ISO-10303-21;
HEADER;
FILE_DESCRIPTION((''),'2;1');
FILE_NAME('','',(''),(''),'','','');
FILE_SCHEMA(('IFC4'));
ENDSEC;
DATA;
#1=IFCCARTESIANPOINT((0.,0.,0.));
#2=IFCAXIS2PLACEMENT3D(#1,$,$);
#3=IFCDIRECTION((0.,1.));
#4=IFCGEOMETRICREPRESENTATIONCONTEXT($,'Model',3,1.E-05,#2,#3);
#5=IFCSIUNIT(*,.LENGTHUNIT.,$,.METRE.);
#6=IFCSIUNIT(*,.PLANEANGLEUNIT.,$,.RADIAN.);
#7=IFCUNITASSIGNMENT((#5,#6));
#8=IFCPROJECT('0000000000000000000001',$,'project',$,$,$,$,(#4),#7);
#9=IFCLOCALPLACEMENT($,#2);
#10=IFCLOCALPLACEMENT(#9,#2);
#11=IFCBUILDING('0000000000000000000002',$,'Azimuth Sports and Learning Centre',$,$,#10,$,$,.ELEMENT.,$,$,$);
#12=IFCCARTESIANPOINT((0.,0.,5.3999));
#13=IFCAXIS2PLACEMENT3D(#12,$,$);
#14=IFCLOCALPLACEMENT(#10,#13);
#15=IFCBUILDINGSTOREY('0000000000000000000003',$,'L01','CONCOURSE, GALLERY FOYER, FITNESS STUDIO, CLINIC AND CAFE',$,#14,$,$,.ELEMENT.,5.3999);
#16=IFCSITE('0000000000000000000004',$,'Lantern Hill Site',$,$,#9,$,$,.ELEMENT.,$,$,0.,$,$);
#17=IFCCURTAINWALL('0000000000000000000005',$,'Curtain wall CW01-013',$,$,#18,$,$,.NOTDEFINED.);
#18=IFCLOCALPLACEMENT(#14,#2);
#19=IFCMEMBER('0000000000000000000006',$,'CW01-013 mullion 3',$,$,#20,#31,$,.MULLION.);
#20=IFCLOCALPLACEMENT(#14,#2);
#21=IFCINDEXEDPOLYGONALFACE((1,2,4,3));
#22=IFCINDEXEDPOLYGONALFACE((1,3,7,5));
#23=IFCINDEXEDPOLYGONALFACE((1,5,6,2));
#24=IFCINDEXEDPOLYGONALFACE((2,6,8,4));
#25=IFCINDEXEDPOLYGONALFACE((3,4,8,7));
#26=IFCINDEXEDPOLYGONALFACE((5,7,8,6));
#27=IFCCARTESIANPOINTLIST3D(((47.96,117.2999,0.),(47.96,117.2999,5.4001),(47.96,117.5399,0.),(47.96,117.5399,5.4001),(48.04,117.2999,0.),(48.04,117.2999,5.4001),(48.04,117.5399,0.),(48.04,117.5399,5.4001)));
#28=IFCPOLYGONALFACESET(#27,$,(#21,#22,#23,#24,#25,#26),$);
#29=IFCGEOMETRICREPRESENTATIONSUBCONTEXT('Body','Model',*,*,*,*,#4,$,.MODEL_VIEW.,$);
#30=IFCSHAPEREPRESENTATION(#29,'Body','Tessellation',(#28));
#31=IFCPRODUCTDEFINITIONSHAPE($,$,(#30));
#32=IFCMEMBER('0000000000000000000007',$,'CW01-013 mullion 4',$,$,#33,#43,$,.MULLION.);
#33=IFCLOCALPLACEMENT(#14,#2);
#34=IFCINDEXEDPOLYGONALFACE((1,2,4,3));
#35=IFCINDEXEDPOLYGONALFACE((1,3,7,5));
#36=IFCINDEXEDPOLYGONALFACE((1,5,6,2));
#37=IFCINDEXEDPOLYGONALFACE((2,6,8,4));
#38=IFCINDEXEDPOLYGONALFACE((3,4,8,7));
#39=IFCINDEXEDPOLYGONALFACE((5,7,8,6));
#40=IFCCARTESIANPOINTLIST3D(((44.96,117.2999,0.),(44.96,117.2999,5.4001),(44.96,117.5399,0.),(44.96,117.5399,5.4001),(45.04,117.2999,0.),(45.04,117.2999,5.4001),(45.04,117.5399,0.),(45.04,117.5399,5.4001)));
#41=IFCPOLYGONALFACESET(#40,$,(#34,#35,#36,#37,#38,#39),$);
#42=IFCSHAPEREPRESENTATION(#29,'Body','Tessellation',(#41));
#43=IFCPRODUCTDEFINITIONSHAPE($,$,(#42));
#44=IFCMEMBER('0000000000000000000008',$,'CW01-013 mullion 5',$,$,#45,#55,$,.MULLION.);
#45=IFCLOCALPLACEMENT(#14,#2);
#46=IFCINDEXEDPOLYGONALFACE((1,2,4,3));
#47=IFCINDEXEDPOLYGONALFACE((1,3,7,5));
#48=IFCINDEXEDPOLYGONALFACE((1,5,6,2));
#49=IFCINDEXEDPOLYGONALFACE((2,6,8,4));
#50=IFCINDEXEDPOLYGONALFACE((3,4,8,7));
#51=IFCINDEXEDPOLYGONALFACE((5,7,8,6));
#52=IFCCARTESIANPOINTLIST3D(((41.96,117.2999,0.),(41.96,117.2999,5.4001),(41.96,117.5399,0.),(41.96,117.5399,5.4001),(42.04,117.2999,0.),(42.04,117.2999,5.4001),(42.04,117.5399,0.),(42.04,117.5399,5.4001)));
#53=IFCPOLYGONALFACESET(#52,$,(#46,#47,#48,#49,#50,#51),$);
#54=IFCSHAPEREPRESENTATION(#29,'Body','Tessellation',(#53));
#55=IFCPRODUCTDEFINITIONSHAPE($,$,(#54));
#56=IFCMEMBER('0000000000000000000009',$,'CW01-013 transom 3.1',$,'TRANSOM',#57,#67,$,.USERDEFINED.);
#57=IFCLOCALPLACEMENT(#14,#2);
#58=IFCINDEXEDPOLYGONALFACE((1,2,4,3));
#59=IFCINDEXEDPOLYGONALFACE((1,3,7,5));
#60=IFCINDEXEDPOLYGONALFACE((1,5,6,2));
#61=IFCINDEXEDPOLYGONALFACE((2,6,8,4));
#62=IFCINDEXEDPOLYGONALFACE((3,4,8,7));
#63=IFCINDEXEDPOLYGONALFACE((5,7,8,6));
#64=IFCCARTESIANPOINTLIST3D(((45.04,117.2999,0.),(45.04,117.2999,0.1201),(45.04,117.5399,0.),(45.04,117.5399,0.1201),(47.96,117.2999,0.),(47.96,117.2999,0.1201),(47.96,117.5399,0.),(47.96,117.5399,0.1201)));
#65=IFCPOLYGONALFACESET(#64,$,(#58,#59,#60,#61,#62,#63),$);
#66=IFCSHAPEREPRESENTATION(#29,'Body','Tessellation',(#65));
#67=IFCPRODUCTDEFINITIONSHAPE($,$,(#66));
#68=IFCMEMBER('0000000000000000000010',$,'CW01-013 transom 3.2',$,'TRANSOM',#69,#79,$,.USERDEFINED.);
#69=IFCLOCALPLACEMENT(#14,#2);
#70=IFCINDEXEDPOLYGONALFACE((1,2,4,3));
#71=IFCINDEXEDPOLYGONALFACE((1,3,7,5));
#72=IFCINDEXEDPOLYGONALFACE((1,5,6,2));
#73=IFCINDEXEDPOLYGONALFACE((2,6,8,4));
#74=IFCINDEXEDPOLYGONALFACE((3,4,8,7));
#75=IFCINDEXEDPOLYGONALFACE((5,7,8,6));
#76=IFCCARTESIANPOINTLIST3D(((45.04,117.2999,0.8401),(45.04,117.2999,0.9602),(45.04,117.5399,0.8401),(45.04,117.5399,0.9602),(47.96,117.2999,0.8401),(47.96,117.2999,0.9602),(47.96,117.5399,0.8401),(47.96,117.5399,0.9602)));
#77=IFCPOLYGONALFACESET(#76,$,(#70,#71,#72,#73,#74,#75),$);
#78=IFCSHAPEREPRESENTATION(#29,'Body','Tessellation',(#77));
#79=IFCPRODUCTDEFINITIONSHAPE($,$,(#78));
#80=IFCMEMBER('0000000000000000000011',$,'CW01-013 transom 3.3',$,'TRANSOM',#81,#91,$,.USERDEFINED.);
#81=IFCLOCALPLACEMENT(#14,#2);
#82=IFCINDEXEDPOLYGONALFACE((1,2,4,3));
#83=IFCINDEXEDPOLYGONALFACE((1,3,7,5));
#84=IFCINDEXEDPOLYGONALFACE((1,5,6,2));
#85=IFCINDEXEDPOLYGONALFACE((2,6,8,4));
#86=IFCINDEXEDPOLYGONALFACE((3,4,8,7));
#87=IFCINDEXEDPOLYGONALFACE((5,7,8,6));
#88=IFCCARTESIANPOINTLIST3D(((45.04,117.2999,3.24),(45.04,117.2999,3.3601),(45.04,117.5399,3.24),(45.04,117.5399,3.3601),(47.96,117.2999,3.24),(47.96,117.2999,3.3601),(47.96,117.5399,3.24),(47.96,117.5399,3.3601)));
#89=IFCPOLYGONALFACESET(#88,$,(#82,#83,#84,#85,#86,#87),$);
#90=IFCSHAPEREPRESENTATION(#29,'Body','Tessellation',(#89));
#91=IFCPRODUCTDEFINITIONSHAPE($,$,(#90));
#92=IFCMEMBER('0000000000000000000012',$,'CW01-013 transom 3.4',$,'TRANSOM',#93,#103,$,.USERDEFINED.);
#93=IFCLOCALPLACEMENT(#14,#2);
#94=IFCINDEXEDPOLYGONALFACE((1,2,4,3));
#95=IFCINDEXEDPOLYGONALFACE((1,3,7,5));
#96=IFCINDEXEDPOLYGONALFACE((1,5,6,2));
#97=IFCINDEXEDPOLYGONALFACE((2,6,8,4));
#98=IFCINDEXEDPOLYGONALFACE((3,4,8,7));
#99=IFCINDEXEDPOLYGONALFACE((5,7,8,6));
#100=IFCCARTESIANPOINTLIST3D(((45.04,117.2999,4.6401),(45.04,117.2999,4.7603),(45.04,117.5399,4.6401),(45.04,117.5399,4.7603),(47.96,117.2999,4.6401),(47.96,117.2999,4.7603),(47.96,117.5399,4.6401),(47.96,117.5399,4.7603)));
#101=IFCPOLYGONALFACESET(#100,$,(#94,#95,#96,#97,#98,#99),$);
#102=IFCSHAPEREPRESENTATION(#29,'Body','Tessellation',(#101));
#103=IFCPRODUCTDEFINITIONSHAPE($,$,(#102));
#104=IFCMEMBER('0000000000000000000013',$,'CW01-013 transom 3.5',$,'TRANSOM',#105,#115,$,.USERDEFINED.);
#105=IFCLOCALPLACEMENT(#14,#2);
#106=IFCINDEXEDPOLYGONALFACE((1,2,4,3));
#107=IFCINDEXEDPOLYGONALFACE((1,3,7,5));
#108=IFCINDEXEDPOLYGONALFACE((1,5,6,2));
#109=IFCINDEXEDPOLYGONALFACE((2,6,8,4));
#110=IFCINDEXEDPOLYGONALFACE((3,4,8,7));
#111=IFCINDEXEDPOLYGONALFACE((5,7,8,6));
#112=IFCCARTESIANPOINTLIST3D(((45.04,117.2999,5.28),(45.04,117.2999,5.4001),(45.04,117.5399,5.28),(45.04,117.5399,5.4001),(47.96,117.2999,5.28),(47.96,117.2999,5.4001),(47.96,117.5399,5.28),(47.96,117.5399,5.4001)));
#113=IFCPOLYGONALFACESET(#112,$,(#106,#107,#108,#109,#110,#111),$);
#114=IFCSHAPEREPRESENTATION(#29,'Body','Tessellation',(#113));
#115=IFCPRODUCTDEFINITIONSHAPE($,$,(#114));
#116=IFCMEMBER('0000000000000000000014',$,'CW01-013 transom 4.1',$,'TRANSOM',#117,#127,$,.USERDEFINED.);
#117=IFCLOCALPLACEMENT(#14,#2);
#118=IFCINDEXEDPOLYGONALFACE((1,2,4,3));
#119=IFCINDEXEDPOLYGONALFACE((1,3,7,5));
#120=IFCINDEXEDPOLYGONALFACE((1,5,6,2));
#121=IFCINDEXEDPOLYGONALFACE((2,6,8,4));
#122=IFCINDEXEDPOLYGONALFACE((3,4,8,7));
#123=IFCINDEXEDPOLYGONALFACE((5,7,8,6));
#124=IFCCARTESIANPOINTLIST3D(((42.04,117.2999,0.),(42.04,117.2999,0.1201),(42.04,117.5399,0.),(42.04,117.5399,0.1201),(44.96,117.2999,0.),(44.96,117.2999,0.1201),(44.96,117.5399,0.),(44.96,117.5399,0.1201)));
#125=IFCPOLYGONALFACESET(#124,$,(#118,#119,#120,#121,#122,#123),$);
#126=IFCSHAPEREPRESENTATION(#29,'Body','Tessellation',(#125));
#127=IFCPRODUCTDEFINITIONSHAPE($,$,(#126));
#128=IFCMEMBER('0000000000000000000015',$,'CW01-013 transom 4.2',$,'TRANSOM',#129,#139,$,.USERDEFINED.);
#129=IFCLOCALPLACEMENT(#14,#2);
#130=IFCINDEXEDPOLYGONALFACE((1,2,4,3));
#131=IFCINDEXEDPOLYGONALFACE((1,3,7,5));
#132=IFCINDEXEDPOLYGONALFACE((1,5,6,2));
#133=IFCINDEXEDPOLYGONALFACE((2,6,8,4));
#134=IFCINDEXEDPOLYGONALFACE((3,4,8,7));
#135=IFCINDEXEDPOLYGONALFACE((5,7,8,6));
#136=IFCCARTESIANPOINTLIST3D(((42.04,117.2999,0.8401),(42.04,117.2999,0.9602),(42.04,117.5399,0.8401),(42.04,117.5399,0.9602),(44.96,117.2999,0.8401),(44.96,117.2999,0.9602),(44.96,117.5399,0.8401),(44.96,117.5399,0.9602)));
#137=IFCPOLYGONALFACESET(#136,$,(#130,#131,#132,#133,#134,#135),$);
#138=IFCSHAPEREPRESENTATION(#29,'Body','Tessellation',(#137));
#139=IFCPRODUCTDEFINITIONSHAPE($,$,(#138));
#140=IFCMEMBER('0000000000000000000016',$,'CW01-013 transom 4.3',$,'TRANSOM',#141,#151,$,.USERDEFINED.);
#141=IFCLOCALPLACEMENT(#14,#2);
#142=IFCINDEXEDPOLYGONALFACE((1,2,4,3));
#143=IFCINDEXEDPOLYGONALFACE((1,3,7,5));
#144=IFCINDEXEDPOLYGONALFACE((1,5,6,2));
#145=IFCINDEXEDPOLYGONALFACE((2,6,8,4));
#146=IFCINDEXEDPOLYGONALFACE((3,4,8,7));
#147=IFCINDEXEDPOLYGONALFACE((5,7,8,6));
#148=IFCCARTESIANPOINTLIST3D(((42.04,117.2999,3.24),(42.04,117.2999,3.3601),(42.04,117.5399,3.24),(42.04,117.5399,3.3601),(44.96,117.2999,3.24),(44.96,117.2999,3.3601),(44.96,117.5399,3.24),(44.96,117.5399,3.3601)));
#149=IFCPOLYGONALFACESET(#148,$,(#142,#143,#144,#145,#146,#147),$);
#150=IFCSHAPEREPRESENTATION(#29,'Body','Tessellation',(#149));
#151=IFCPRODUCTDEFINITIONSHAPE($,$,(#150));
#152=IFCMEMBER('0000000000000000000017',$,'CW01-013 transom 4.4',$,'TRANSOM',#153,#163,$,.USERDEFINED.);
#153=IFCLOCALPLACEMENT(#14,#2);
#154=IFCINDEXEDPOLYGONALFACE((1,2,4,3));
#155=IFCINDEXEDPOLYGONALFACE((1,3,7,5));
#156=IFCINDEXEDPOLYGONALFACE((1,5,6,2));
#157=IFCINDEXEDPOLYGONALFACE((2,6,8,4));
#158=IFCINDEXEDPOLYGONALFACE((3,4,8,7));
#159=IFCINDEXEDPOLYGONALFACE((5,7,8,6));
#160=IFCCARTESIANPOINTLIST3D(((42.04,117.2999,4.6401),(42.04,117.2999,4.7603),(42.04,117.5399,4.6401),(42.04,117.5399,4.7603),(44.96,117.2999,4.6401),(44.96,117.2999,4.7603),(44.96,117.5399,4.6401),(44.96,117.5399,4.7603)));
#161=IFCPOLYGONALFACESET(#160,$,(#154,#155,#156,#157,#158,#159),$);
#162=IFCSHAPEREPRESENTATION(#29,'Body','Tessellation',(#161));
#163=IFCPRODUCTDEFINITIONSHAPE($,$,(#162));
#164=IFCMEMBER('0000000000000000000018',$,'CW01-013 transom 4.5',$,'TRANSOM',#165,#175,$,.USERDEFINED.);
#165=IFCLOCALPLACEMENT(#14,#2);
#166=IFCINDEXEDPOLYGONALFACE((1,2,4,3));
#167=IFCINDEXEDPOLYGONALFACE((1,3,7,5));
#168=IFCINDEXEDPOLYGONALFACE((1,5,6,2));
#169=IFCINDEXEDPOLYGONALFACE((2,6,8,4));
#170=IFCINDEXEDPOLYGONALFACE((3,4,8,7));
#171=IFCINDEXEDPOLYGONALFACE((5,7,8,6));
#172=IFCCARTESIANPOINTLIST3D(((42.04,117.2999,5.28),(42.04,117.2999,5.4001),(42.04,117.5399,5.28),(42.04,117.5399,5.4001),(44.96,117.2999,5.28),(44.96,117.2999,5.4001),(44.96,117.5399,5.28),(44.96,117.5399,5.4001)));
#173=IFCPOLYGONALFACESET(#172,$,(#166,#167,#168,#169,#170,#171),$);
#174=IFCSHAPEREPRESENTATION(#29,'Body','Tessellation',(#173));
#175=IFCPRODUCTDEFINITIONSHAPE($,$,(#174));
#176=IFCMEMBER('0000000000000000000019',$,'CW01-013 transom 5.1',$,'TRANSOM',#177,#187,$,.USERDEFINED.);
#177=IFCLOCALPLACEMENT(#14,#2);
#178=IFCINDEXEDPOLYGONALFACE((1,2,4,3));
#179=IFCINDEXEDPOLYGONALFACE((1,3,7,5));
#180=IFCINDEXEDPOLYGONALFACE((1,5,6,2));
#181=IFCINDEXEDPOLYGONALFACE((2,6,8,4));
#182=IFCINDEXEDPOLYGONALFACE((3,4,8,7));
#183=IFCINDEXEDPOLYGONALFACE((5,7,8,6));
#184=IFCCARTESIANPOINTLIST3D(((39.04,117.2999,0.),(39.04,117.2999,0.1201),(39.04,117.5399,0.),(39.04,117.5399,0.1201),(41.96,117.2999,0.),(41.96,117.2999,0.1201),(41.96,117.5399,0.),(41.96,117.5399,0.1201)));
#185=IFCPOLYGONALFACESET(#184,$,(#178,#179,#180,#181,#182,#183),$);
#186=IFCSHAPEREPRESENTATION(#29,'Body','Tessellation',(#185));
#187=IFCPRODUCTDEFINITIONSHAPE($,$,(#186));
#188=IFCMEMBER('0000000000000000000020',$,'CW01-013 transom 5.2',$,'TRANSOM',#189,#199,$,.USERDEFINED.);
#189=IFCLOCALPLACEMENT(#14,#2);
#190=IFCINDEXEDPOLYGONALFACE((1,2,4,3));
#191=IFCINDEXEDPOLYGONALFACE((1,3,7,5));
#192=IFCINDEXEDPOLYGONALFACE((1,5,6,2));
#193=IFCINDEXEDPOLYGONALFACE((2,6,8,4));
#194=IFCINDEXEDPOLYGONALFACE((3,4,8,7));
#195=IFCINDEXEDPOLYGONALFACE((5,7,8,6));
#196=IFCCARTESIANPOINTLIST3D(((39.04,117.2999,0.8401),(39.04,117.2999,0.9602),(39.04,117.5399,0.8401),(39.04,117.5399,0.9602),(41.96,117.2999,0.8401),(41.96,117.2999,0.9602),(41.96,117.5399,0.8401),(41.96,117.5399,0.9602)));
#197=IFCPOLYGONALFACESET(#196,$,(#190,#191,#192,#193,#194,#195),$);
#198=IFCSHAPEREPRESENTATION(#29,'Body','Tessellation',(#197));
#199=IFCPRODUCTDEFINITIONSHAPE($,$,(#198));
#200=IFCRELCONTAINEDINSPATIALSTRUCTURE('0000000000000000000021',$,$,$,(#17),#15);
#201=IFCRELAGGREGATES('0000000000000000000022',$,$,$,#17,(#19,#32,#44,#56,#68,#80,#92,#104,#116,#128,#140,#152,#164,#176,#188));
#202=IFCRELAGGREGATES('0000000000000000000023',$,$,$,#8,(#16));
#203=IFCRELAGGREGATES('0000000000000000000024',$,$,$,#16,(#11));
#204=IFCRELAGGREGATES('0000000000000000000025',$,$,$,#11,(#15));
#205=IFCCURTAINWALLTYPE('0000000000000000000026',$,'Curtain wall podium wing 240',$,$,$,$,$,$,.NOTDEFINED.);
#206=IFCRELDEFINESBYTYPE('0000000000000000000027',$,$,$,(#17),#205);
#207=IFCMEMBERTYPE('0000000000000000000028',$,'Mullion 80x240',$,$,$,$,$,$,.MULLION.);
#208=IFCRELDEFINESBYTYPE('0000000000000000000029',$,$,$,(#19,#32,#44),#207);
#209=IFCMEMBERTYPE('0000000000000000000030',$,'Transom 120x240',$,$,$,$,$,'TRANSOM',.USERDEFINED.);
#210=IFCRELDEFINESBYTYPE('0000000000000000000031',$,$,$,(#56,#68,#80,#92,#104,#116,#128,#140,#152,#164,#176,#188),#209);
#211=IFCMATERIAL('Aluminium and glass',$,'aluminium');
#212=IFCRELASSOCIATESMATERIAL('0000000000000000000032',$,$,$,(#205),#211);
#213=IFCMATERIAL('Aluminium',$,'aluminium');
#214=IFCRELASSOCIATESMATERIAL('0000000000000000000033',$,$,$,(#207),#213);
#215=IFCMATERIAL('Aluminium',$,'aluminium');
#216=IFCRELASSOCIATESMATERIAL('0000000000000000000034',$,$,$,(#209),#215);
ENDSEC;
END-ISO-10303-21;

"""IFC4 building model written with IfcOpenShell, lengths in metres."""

from ifc_helpers import new_model, si_unit, direction, frame, origin, origin_2d, place, context, subcontext, project, spatial, rectangle, extrude, material, material_profile, profile_set, type_object, element, aggregate, save


model = new_model("IFC4")

# Units and contexts
model_context = context("Model", 3, precision=1e-05, world=origin(), true_north=direction((0.0, 1.0)))
body_context = subcontext(model_context, "Body", "Model", "MODEL_VIEW")
ifc_project = project(units=[si_unit("LENGTHUNIT", "METRE"), si_unit("PLANEANGLEUNIT", "RADIAN")], contexts=[model_context])

# Site, building, storey
site_placement = place(None, origin())
site = spatial("IfcSite", under=ifc_project, at=site_placement, Name="Lantern Hill Site", CompositionType="ELEMENT", RefElevation=0.0)
building_placement = place(site_placement, origin())
building = spatial("IfcBuilding", under=site, at=building_placement, Name="Azimuth Sports and Learning Centre", CompositionType="ELEMENT")
storey_placement = place(building_placement, frame((0.0, 0.0, 5.3999)))
storey = spatial("IfcBuildingStorey", under=building, at=storey_placement, Name="L01", Description="CONCOURSE, GALLERY FOYER, FITNESS STUDIO, CLINIC AND CAFE", CompositionType="ELEMENT", Elevation=5.3999)

# Curtain wall, members
ifc_material_1 = material(Name="Aluminium and glass", Category="aluminium")
curtain_wall_type = type_object("IfcCurtainWallType", Name="Curtain wall podium wing 240", PredefinedType="NOTDEFINED", material=ifc_material_1)
curtain_wall_placement = place(storey_placement, origin())
curtain_wall = element("IfcCurtainWall", 1, at=curtain_wall_placement, inside=storey, type_object=curtain_wall_type, Name="Curtain wall CW01-013", PredefinedType="NOTDEFINED")
ifc_material_2 = material(Name="Aluminium", Category="aluminium")
ifc_material_profile_1 = material_profile(ifc_material_2, rectangle(XDim=0.24, YDim=0.0801, at=origin_2d()), Name="Mullion 80x240")
ifc_profile_set_1 = profile_set([ifc_material_profile_1], Name="Aluminium")
member_type_1 = type_object("IfcMemberType", Name="Mullion 80x240", PredefinedType="MULLION", material=ifc_profile_set_1)
member_1_placement = place(storey_placement, frame((48.0, 117.4199, 0.0), z_axis=(0.0, 0.0, 1.0), x_axis=(0.0, -1.0, 0.0)))
member_1 = element("IfcMember", 2, at=member_1_placement, type_object=member_type_1, Name="CW01-013 mullion 3", PredefinedType="MULLION", context=body_context, shape_type="SweptSolid", body=[
    extrude(rectangle(XDim=0.24, YDim=0.0801, at=origin_2d()), origin(), (0.0, 0.0, 1.0), 5.4001),
])
member_2_placement = place(storey_placement, frame((45.0, 117.4199, 0.0), z_axis=(0.0, 0.0, 1.0), x_axis=(0.0, -1.0, 0.0)))
member_2 = element("IfcMember", 3, at=member_2_placement, type_object=member_type_1, Name="CW01-013 mullion 4", PredefinedType="MULLION", context=body_context, shape_type="SweptSolid", body=[
    extrude(rectangle(XDim=0.24, YDim=0.0801, at=origin_2d()), origin(), (0.0, 0.0, 1.0), 5.4001),
])
member_3_placement = place(storey_placement, frame((42.0, 117.4199, 0.0), z_axis=(0.0, 0.0, 1.0), x_axis=(0.0, -1.0, 0.0)))
member_3 = element("IfcMember", 4, at=member_3_placement, type_object=member_type_1, Name="CW01-013 mullion 5", PredefinedType="MULLION", context=body_context, shape_type="SweptSolid", body=[
    extrude(rectangle(XDim=0.24, YDim=0.0801, at=origin_2d()), origin(), (0.0, 0.0, 1.0), 5.4001),
])
ifc_material_3 = material(Name="Aluminium", Category="aluminium")
ifc_material_profile_2 = material_profile(ifc_material_3, rectangle(XDim=0.24, YDim=0.1201, at=origin_2d()), Name="Transom 120x240")
ifc_profile_set_2 = profile_set([ifc_material_profile_2], Name="Aluminium")
member_type_2 = type_object("IfcMemberType", Name="Transom 120x240", ElementType="TRANSOM", PredefinedType="USERDEFINED", material=ifc_profile_set_2)
member_4_placement = place(storey_placement, frame((47.96, 117.4199, 0.0601), z_axis=(-1.0, 0.0, 0.0), x_axis=(0.0, -1.0, 0.0)))
member_4 = element("IfcMember", 5, at=member_4_placement, type_object=member_type_2, Name="CW01-013 transom 3.1", ObjectType="TRANSOM", PredefinedType="USERDEFINED", context=body_context, shape_type="SweptSolid", body=[
    extrude(rectangle(XDim=0.24, YDim=0.1201, at=origin_2d()), origin(), (0.0, 0.0, 1.0), 2.9199),
])
member_5_placement = place(storey_placement, frame((47.96, 117.4199, 0.9001), z_axis=(-1.0, 0.0, 0.0), x_axis=(0.0, -1.0, 0.0)))
member_5 = element("IfcMember", 6, at=member_5_placement, type_object=member_type_2, Name="CW01-013 transom 3.2", ObjectType="TRANSOM", PredefinedType="USERDEFINED", context=body_context, shape_type="SweptSolid", body=[
    extrude(rectangle(XDim=0.24, YDim=0.1201, at=origin_2d()), origin(), (0.0, 0.0, 1.0), 2.9199),
])
member_6_placement = place(storey_placement, frame((47.96, 117.4199, 3.3), z_axis=(-1.0, 0.0, 0.0), x_axis=(0.0, -1.0, 0.0)))
member_6 = element("IfcMember", 7, at=member_6_placement, type_object=member_type_2, Name="CW01-013 transom 3.3", ObjectType="TRANSOM", PredefinedType="USERDEFINED", context=body_context, shape_type="SweptSolid", body=[
    extrude(rectangle(XDim=0.24, YDim=0.1201, at=origin_2d()), origin(), (0.0, 0.0, 1.0), 2.9199),
])
member_7_placement = place(storey_placement, frame((47.96, 117.4199, 4.7002), z_axis=(-1.0, 0.0, 0.0), x_axis=(0.0, -1.0, 0.0)))
member_7 = element("IfcMember", 8, at=member_7_placement, type_object=member_type_2, Name="CW01-013 transom 3.4", ObjectType="TRANSOM", PredefinedType="USERDEFINED", context=body_context, shape_type="SweptSolid", body=[
    extrude(rectangle(XDim=0.24, YDim=0.1201, at=origin_2d()), origin(), (0.0, 0.0, 1.0), 2.9199),
])
member_8_placement = place(storey_placement, frame((47.96, 117.4199, 5.3401), z_axis=(-1.0, 0.0, 0.0), x_axis=(0.0, -1.0, 0.0)))
member_8 = element("IfcMember", 9, at=member_8_placement, type_object=member_type_2, Name="CW01-013 transom 3.5", ObjectType="TRANSOM", PredefinedType="USERDEFINED", context=body_context, shape_type="SweptSolid", body=[
    extrude(rectangle(XDim=0.24, YDim=0.1201, at=origin_2d()), origin(), (0.0, 0.0, 1.0), 2.9199),
])
member_9_placement = place(storey_placement, frame((44.96, 117.4199, 0.0601), z_axis=(-1.0, 0.0, 0.0), x_axis=(0.0, -1.0, 0.0)))
member_9 = element("IfcMember", 10, at=member_9_placement, type_object=member_type_2, Name="CW01-013 transom 4.1", ObjectType="TRANSOM", PredefinedType="USERDEFINED", context=body_context, shape_type="SweptSolid", body=[
    extrude(rectangle(XDim=0.24, YDim=0.1201, at=origin_2d()), origin(), (0.0, 0.0, 1.0), 2.9199),
])
member_10_placement = place(storey_placement, frame((44.96, 117.4199, 0.9001), z_axis=(-1.0, 0.0, 0.0), x_axis=(0.0, -1.0, 0.0)))
member_10 = element("IfcMember", 11, at=member_10_placement, type_object=member_type_2, Name="CW01-013 transom 4.2", ObjectType="TRANSOM", PredefinedType="USERDEFINED", context=body_context, shape_type="SweptSolid", body=[
    extrude(rectangle(XDim=0.24, YDim=0.1201, at=origin_2d()), origin(), (0.0, 0.0, 1.0), 2.9199),
])
member_11_placement = place(storey_placement, frame((44.96, 117.4199, 3.3), z_axis=(-1.0, 0.0, 0.0), x_axis=(0.0, -1.0, 0.0)))
member_11 = element("IfcMember", 12, at=member_11_placement, type_object=member_type_2, Name="CW01-013 transom 4.3", ObjectType="TRANSOM", PredefinedType="USERDEFINED", context=body_context, shape_type="SweptSolid", body=[
    extrude(rectangle(XDim=0.24, YDim=0.1201, at=origin_2d()), origin(), (0.0, 0.0, 1.0), 2.9199),
])
member_12_placement = place(storey_placement, frame((44.96, 117.4199, 4.7002), z_axis=(-1.0, 0.0, 0.0), x_axis=(0.0, -1.0, 0.0)))
member_12 = element("IfcMember", 13, at=member_12_placement, type_object=member_type_2, Name="CW01-013 transom 4.4", ObjectType="TRANSOM", PredefinedType="USERDEFINED", context=body_context, shape_type="SweptSolid", body=[
    extrude(rectangle(XDim=0.24, YDim=0.1201, at=origin_2d()), origin(), (0.0, 0.0, 1.0), 2.9199),
])
member_13_placement = place(storey_placement, frame((44.96, 117.4199, 5.3401), z_axis=(-1.0, 0.0, 0.0), x_axis=(0.0, -1.0, 0.0)))
member_13 = element("IfcMember", 14, at=member_13_placement, type_object=member_type_2, Name="CW01-013 transom 4.5", ObjectType="TRANSOM", PredefinedType="USERDEFINED", context=body_context, shape_type="SweptSolid", body=[
    extrude(rectangle(XDim=0.24, YDim=0.1201, at=origin_2d()), origin(), (0.0, 0.0, 1.0), 2.9199),
])
member_14_placement = place(storey_placement, frame((41.96, 117.4199, 0.0601), z_axis=(-1.0, 0.0, 0.0), x_axis=(0.0, -1.0, 0.0)))
member_14 = element("IfcMember", 15, at=member_14_placement, type_object=member_type_2, Name="CW01-013 transom 5.1", ObjectType="TRANSOM", PredefinedType="USERDEFINED", context=body_context, shape_type="SweptSolid", body=[
    extrude(rectangle(XDim=0.24, YDim=0.1201, at=origin_2d()), origin(), (0.0, 0.0, 1.0), 2.9199),
])
member_15_placement = place(storey_placement, frame((41.96, 117.4199, 0.9001), z_axis=(-1.0, 0.0, 0.0), x_axis=(0.0, -1.0, 0.0)))
member_15 = element("IfcMember", 16, at=member_15_placement, type_object=member_type_2, Name="CW01-013 transom 5.2", ObjectType="TRANSOM", PredefinedType="USERDEFINED", context=body_context, shape_type="SweptSolid", body=[
    extrude(rectangle(XDim=0.24, YDim=0.1201, at=origin_2d()), origin(), (0.0, 0.0, 1.0), 2.9199),
])
aggregate(curtain_wall, [member_1, member_2, member_3, member_4, member_5, member_6, member_7, member_8, member_9, member_10, member_11, member_12, member_13, member_14, member_15])

save(model, "model.ifc")
